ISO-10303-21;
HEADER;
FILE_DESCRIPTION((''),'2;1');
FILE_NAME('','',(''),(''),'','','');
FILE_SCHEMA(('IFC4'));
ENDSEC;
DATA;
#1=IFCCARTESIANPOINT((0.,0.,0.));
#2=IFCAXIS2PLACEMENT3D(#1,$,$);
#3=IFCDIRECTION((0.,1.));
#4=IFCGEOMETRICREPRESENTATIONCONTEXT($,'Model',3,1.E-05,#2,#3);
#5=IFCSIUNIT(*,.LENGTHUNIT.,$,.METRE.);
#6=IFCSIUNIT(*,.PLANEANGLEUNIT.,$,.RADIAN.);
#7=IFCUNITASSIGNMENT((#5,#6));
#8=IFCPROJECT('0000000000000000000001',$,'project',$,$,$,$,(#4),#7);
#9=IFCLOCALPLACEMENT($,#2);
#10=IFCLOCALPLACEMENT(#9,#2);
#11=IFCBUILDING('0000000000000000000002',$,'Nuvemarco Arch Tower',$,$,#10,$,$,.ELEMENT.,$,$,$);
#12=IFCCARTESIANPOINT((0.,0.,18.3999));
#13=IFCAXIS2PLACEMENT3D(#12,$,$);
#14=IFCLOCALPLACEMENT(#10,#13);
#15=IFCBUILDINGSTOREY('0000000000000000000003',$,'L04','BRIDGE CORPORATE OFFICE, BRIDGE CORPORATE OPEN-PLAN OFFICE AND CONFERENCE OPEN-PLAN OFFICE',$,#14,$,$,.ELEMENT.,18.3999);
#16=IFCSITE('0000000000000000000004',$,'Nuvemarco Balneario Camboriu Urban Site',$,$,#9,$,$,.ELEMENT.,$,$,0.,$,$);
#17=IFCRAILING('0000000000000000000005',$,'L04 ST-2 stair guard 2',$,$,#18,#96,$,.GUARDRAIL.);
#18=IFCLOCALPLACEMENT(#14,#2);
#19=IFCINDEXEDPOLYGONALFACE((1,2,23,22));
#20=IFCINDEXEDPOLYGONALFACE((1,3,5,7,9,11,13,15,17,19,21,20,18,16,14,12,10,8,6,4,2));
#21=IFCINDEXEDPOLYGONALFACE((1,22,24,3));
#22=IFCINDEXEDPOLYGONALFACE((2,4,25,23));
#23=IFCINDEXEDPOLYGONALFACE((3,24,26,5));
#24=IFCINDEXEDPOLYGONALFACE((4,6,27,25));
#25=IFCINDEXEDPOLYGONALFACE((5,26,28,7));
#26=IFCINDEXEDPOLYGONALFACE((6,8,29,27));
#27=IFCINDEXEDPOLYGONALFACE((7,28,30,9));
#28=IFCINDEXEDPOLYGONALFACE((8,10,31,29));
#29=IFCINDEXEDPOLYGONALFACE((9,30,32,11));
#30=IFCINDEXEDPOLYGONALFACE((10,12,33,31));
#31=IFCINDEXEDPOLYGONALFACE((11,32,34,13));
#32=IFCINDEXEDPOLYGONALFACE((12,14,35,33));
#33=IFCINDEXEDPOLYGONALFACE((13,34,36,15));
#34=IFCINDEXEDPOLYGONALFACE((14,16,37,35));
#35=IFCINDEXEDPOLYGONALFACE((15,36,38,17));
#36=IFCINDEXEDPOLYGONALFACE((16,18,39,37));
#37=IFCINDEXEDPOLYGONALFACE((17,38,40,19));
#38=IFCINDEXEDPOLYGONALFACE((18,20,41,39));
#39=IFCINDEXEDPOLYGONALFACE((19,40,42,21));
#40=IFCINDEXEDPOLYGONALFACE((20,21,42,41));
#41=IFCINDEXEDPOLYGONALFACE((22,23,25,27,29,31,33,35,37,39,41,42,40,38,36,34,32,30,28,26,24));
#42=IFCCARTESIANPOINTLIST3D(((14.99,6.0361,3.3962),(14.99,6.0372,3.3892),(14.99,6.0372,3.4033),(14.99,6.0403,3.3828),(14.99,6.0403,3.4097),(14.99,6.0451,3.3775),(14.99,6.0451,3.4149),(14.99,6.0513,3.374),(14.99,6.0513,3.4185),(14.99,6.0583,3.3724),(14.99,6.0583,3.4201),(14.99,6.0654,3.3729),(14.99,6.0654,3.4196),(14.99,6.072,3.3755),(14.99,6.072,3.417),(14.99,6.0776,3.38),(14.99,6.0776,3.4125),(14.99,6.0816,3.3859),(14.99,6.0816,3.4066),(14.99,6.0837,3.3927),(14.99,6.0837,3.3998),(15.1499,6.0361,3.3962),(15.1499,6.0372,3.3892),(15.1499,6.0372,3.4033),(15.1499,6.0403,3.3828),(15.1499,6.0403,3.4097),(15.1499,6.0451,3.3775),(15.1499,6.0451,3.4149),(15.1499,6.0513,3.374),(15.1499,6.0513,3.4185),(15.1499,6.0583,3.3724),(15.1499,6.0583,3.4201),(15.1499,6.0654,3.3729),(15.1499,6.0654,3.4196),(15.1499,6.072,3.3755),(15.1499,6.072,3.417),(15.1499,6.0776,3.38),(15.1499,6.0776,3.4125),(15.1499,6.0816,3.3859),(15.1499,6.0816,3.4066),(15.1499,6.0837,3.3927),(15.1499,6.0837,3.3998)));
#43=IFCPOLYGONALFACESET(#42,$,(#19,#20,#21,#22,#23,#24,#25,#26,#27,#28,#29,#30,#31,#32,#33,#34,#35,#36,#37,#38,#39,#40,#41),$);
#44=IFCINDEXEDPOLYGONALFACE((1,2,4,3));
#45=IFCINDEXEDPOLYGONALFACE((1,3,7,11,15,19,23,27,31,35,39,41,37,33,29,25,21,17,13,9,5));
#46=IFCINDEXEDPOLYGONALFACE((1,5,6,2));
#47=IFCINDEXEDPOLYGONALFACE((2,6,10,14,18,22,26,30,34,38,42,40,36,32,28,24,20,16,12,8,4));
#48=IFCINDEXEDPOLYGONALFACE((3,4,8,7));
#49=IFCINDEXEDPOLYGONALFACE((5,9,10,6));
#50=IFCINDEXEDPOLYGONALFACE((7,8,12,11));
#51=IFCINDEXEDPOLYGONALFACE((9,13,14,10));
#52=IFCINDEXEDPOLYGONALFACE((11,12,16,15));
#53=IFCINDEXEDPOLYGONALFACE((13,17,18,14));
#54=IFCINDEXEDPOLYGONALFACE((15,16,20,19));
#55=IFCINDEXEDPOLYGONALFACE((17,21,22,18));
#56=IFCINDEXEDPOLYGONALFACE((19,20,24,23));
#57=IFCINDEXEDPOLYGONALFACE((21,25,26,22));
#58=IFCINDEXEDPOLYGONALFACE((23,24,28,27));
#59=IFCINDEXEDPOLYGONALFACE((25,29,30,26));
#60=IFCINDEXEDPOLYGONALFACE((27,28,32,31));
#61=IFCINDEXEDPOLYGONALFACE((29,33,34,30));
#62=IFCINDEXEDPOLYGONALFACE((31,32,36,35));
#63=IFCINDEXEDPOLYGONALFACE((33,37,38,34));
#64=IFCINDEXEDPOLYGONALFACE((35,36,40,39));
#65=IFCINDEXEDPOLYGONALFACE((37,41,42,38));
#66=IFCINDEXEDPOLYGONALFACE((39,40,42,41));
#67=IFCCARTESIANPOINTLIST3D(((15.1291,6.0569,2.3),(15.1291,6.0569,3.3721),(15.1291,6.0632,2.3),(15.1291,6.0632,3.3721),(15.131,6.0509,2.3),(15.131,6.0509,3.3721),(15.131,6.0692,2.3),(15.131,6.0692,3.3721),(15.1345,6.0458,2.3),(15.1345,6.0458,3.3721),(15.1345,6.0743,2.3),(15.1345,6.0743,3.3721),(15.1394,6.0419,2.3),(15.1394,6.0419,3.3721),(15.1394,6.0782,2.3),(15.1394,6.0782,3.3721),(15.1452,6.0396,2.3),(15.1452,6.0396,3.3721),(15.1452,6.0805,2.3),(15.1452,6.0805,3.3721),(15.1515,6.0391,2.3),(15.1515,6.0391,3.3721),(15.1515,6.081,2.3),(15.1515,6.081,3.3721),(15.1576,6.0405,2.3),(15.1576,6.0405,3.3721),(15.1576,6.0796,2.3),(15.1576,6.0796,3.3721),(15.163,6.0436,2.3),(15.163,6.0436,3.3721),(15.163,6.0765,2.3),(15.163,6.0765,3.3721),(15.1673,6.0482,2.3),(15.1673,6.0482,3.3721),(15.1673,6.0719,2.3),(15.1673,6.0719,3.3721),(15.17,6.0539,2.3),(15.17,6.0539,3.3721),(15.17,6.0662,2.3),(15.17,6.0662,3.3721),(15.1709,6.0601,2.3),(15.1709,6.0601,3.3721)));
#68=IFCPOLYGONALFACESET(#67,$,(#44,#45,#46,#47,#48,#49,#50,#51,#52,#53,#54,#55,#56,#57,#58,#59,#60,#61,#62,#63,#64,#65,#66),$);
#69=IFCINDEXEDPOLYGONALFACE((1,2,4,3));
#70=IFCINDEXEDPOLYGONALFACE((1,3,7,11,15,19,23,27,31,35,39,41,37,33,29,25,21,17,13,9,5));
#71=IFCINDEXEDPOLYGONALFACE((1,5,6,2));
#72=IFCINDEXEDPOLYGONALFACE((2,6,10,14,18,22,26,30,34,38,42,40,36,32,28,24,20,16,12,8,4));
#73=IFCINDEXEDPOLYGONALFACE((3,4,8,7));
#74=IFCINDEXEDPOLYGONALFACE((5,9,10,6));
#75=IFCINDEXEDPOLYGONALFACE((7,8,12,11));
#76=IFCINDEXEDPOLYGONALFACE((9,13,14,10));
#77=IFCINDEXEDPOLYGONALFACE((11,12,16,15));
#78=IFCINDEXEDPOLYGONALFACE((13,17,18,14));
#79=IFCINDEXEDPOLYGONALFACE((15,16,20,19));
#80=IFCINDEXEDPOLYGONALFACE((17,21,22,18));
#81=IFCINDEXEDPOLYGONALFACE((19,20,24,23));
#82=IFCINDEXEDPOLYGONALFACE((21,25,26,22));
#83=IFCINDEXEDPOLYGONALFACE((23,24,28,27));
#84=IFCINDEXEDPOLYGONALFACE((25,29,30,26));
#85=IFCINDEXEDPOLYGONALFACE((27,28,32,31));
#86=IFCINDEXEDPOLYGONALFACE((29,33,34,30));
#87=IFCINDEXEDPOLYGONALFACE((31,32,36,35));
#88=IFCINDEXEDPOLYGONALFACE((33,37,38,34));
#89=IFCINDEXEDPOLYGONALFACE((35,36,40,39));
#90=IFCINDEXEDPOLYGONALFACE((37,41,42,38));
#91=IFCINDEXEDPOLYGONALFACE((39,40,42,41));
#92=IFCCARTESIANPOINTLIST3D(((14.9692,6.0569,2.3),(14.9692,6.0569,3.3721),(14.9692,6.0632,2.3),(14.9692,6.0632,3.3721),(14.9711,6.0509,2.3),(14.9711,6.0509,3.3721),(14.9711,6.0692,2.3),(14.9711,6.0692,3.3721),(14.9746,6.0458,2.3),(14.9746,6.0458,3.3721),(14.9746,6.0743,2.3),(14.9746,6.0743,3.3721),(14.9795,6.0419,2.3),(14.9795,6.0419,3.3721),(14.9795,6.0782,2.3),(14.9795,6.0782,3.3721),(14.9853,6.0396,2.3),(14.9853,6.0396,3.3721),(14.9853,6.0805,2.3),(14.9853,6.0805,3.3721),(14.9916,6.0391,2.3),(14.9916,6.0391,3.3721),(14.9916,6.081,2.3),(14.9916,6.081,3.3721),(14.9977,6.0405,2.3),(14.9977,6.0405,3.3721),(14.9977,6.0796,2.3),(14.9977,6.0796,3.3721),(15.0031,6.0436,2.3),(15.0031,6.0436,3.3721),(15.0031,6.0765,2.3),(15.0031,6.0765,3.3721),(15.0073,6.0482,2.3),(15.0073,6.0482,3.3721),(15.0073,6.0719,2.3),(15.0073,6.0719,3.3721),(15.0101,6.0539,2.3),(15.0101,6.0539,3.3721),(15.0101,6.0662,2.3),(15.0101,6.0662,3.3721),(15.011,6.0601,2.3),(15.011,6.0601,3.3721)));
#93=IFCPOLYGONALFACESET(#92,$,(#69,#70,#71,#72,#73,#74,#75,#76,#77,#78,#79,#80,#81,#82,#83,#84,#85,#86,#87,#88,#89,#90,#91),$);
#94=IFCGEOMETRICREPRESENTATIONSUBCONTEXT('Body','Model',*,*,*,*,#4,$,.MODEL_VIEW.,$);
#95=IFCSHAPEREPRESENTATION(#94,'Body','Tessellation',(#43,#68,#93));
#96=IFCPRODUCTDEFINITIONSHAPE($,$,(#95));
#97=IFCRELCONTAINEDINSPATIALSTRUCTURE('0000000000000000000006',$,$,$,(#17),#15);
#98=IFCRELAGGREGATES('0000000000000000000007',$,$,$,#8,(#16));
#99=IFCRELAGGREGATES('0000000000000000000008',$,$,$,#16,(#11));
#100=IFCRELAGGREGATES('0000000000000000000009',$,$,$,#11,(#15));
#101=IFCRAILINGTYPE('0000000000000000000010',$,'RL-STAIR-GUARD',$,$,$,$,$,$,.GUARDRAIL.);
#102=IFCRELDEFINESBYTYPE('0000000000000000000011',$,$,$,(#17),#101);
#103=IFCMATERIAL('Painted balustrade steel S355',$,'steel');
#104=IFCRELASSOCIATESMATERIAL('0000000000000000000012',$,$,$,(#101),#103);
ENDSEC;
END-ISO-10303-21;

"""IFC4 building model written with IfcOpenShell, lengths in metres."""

from ifc_helpers import new_model, si_unit, direction, frame, origin, origin_2d, place, context, subcontext, project, spatial, circle, extrude, material, type_object, element, save


model = new_model("IFC4")

# Units and contexts
model_context = context("Model", 3, precision=1e-05, world=origin(), true_north=direction((0.0, 1.0)))
body_context = subcontext(model_context, "Body", "Model", "MODEL_VIEW")
ifc_project = project(units=[si_unit("LENGTHUNIT", "METRE"), si_unit("PLANEANGLEUNIT", "RADIAN")], contexts=[model_context])

# Site, building, storey
site_placement = place(None, origin())
site = spatial("IfcSite", under=ifc_project, at=site_placement, Name="Nuvemarco Balneario Camboriu Urban Site", CompositionType="ELEMENT", RefElevation=0.0)
building_placement = place(site_placement, origin())
building = spatial("IfcBuilding", under=site, at=building_placement, Name="Nuvemarco Arch Tower", CompositionType="ELEMENT")
storey_placement = place(building_placement, frame((0.0, 0.0, 18.3999)))
storey = spatial("IfcBuildingStorey", under=building, at=storey_placement, Name="L04", Description="BRIDGE CORPORATE OFFICE, BRIDGE CORPORATE OPEN-PLAN OFFICE AND CONFERENCE OPEN-PLAN OFFICE", CompositionType="ELEMENT", Elevation=18.3999)

# Railing
ifc_material_1 = material(Name="Painted balustrade steel S355", Category="steel")
railing_type_1 = type_object("IfcRailingType", Name="RL-STAIR-GUARD", PredefinedType="GUARDRAIL", material=ifc_material_1)
railing_1_placement = place(storey_placement, frame((15.1499, 6.0601, 2.3)))
element("IfcRailing", 1, at=railing_1_placement, inside=storey, type_object=railing_type_1, Name="L04 ST-2 stair guard 2", PredefinedType="GUARDRAIL", context=body_context, shape_type="SweptSolid", body=[
    extrude(circle(Radius=0.0239, at=origin_2d()), frame((0.0, 0.0, 1.0962), z_axis=(-1.0, 0.0, 0.0), x_axis=(0.0, -1.0, 0.0)), (0.0, 0.0, 1.0), 0.1599),
    extrude(circle(Radius=0.021, at=origin_2d()), origin(), (0.0, 0.0, 1.0), 1.072),
    extrude(circle(Radius=0.021, at=origin_2d()), frame((-0.1599, 0.0, 0.0)), (0.0, 0.0, 1.0), 1.072),
])

save(model, "model.ifc")
